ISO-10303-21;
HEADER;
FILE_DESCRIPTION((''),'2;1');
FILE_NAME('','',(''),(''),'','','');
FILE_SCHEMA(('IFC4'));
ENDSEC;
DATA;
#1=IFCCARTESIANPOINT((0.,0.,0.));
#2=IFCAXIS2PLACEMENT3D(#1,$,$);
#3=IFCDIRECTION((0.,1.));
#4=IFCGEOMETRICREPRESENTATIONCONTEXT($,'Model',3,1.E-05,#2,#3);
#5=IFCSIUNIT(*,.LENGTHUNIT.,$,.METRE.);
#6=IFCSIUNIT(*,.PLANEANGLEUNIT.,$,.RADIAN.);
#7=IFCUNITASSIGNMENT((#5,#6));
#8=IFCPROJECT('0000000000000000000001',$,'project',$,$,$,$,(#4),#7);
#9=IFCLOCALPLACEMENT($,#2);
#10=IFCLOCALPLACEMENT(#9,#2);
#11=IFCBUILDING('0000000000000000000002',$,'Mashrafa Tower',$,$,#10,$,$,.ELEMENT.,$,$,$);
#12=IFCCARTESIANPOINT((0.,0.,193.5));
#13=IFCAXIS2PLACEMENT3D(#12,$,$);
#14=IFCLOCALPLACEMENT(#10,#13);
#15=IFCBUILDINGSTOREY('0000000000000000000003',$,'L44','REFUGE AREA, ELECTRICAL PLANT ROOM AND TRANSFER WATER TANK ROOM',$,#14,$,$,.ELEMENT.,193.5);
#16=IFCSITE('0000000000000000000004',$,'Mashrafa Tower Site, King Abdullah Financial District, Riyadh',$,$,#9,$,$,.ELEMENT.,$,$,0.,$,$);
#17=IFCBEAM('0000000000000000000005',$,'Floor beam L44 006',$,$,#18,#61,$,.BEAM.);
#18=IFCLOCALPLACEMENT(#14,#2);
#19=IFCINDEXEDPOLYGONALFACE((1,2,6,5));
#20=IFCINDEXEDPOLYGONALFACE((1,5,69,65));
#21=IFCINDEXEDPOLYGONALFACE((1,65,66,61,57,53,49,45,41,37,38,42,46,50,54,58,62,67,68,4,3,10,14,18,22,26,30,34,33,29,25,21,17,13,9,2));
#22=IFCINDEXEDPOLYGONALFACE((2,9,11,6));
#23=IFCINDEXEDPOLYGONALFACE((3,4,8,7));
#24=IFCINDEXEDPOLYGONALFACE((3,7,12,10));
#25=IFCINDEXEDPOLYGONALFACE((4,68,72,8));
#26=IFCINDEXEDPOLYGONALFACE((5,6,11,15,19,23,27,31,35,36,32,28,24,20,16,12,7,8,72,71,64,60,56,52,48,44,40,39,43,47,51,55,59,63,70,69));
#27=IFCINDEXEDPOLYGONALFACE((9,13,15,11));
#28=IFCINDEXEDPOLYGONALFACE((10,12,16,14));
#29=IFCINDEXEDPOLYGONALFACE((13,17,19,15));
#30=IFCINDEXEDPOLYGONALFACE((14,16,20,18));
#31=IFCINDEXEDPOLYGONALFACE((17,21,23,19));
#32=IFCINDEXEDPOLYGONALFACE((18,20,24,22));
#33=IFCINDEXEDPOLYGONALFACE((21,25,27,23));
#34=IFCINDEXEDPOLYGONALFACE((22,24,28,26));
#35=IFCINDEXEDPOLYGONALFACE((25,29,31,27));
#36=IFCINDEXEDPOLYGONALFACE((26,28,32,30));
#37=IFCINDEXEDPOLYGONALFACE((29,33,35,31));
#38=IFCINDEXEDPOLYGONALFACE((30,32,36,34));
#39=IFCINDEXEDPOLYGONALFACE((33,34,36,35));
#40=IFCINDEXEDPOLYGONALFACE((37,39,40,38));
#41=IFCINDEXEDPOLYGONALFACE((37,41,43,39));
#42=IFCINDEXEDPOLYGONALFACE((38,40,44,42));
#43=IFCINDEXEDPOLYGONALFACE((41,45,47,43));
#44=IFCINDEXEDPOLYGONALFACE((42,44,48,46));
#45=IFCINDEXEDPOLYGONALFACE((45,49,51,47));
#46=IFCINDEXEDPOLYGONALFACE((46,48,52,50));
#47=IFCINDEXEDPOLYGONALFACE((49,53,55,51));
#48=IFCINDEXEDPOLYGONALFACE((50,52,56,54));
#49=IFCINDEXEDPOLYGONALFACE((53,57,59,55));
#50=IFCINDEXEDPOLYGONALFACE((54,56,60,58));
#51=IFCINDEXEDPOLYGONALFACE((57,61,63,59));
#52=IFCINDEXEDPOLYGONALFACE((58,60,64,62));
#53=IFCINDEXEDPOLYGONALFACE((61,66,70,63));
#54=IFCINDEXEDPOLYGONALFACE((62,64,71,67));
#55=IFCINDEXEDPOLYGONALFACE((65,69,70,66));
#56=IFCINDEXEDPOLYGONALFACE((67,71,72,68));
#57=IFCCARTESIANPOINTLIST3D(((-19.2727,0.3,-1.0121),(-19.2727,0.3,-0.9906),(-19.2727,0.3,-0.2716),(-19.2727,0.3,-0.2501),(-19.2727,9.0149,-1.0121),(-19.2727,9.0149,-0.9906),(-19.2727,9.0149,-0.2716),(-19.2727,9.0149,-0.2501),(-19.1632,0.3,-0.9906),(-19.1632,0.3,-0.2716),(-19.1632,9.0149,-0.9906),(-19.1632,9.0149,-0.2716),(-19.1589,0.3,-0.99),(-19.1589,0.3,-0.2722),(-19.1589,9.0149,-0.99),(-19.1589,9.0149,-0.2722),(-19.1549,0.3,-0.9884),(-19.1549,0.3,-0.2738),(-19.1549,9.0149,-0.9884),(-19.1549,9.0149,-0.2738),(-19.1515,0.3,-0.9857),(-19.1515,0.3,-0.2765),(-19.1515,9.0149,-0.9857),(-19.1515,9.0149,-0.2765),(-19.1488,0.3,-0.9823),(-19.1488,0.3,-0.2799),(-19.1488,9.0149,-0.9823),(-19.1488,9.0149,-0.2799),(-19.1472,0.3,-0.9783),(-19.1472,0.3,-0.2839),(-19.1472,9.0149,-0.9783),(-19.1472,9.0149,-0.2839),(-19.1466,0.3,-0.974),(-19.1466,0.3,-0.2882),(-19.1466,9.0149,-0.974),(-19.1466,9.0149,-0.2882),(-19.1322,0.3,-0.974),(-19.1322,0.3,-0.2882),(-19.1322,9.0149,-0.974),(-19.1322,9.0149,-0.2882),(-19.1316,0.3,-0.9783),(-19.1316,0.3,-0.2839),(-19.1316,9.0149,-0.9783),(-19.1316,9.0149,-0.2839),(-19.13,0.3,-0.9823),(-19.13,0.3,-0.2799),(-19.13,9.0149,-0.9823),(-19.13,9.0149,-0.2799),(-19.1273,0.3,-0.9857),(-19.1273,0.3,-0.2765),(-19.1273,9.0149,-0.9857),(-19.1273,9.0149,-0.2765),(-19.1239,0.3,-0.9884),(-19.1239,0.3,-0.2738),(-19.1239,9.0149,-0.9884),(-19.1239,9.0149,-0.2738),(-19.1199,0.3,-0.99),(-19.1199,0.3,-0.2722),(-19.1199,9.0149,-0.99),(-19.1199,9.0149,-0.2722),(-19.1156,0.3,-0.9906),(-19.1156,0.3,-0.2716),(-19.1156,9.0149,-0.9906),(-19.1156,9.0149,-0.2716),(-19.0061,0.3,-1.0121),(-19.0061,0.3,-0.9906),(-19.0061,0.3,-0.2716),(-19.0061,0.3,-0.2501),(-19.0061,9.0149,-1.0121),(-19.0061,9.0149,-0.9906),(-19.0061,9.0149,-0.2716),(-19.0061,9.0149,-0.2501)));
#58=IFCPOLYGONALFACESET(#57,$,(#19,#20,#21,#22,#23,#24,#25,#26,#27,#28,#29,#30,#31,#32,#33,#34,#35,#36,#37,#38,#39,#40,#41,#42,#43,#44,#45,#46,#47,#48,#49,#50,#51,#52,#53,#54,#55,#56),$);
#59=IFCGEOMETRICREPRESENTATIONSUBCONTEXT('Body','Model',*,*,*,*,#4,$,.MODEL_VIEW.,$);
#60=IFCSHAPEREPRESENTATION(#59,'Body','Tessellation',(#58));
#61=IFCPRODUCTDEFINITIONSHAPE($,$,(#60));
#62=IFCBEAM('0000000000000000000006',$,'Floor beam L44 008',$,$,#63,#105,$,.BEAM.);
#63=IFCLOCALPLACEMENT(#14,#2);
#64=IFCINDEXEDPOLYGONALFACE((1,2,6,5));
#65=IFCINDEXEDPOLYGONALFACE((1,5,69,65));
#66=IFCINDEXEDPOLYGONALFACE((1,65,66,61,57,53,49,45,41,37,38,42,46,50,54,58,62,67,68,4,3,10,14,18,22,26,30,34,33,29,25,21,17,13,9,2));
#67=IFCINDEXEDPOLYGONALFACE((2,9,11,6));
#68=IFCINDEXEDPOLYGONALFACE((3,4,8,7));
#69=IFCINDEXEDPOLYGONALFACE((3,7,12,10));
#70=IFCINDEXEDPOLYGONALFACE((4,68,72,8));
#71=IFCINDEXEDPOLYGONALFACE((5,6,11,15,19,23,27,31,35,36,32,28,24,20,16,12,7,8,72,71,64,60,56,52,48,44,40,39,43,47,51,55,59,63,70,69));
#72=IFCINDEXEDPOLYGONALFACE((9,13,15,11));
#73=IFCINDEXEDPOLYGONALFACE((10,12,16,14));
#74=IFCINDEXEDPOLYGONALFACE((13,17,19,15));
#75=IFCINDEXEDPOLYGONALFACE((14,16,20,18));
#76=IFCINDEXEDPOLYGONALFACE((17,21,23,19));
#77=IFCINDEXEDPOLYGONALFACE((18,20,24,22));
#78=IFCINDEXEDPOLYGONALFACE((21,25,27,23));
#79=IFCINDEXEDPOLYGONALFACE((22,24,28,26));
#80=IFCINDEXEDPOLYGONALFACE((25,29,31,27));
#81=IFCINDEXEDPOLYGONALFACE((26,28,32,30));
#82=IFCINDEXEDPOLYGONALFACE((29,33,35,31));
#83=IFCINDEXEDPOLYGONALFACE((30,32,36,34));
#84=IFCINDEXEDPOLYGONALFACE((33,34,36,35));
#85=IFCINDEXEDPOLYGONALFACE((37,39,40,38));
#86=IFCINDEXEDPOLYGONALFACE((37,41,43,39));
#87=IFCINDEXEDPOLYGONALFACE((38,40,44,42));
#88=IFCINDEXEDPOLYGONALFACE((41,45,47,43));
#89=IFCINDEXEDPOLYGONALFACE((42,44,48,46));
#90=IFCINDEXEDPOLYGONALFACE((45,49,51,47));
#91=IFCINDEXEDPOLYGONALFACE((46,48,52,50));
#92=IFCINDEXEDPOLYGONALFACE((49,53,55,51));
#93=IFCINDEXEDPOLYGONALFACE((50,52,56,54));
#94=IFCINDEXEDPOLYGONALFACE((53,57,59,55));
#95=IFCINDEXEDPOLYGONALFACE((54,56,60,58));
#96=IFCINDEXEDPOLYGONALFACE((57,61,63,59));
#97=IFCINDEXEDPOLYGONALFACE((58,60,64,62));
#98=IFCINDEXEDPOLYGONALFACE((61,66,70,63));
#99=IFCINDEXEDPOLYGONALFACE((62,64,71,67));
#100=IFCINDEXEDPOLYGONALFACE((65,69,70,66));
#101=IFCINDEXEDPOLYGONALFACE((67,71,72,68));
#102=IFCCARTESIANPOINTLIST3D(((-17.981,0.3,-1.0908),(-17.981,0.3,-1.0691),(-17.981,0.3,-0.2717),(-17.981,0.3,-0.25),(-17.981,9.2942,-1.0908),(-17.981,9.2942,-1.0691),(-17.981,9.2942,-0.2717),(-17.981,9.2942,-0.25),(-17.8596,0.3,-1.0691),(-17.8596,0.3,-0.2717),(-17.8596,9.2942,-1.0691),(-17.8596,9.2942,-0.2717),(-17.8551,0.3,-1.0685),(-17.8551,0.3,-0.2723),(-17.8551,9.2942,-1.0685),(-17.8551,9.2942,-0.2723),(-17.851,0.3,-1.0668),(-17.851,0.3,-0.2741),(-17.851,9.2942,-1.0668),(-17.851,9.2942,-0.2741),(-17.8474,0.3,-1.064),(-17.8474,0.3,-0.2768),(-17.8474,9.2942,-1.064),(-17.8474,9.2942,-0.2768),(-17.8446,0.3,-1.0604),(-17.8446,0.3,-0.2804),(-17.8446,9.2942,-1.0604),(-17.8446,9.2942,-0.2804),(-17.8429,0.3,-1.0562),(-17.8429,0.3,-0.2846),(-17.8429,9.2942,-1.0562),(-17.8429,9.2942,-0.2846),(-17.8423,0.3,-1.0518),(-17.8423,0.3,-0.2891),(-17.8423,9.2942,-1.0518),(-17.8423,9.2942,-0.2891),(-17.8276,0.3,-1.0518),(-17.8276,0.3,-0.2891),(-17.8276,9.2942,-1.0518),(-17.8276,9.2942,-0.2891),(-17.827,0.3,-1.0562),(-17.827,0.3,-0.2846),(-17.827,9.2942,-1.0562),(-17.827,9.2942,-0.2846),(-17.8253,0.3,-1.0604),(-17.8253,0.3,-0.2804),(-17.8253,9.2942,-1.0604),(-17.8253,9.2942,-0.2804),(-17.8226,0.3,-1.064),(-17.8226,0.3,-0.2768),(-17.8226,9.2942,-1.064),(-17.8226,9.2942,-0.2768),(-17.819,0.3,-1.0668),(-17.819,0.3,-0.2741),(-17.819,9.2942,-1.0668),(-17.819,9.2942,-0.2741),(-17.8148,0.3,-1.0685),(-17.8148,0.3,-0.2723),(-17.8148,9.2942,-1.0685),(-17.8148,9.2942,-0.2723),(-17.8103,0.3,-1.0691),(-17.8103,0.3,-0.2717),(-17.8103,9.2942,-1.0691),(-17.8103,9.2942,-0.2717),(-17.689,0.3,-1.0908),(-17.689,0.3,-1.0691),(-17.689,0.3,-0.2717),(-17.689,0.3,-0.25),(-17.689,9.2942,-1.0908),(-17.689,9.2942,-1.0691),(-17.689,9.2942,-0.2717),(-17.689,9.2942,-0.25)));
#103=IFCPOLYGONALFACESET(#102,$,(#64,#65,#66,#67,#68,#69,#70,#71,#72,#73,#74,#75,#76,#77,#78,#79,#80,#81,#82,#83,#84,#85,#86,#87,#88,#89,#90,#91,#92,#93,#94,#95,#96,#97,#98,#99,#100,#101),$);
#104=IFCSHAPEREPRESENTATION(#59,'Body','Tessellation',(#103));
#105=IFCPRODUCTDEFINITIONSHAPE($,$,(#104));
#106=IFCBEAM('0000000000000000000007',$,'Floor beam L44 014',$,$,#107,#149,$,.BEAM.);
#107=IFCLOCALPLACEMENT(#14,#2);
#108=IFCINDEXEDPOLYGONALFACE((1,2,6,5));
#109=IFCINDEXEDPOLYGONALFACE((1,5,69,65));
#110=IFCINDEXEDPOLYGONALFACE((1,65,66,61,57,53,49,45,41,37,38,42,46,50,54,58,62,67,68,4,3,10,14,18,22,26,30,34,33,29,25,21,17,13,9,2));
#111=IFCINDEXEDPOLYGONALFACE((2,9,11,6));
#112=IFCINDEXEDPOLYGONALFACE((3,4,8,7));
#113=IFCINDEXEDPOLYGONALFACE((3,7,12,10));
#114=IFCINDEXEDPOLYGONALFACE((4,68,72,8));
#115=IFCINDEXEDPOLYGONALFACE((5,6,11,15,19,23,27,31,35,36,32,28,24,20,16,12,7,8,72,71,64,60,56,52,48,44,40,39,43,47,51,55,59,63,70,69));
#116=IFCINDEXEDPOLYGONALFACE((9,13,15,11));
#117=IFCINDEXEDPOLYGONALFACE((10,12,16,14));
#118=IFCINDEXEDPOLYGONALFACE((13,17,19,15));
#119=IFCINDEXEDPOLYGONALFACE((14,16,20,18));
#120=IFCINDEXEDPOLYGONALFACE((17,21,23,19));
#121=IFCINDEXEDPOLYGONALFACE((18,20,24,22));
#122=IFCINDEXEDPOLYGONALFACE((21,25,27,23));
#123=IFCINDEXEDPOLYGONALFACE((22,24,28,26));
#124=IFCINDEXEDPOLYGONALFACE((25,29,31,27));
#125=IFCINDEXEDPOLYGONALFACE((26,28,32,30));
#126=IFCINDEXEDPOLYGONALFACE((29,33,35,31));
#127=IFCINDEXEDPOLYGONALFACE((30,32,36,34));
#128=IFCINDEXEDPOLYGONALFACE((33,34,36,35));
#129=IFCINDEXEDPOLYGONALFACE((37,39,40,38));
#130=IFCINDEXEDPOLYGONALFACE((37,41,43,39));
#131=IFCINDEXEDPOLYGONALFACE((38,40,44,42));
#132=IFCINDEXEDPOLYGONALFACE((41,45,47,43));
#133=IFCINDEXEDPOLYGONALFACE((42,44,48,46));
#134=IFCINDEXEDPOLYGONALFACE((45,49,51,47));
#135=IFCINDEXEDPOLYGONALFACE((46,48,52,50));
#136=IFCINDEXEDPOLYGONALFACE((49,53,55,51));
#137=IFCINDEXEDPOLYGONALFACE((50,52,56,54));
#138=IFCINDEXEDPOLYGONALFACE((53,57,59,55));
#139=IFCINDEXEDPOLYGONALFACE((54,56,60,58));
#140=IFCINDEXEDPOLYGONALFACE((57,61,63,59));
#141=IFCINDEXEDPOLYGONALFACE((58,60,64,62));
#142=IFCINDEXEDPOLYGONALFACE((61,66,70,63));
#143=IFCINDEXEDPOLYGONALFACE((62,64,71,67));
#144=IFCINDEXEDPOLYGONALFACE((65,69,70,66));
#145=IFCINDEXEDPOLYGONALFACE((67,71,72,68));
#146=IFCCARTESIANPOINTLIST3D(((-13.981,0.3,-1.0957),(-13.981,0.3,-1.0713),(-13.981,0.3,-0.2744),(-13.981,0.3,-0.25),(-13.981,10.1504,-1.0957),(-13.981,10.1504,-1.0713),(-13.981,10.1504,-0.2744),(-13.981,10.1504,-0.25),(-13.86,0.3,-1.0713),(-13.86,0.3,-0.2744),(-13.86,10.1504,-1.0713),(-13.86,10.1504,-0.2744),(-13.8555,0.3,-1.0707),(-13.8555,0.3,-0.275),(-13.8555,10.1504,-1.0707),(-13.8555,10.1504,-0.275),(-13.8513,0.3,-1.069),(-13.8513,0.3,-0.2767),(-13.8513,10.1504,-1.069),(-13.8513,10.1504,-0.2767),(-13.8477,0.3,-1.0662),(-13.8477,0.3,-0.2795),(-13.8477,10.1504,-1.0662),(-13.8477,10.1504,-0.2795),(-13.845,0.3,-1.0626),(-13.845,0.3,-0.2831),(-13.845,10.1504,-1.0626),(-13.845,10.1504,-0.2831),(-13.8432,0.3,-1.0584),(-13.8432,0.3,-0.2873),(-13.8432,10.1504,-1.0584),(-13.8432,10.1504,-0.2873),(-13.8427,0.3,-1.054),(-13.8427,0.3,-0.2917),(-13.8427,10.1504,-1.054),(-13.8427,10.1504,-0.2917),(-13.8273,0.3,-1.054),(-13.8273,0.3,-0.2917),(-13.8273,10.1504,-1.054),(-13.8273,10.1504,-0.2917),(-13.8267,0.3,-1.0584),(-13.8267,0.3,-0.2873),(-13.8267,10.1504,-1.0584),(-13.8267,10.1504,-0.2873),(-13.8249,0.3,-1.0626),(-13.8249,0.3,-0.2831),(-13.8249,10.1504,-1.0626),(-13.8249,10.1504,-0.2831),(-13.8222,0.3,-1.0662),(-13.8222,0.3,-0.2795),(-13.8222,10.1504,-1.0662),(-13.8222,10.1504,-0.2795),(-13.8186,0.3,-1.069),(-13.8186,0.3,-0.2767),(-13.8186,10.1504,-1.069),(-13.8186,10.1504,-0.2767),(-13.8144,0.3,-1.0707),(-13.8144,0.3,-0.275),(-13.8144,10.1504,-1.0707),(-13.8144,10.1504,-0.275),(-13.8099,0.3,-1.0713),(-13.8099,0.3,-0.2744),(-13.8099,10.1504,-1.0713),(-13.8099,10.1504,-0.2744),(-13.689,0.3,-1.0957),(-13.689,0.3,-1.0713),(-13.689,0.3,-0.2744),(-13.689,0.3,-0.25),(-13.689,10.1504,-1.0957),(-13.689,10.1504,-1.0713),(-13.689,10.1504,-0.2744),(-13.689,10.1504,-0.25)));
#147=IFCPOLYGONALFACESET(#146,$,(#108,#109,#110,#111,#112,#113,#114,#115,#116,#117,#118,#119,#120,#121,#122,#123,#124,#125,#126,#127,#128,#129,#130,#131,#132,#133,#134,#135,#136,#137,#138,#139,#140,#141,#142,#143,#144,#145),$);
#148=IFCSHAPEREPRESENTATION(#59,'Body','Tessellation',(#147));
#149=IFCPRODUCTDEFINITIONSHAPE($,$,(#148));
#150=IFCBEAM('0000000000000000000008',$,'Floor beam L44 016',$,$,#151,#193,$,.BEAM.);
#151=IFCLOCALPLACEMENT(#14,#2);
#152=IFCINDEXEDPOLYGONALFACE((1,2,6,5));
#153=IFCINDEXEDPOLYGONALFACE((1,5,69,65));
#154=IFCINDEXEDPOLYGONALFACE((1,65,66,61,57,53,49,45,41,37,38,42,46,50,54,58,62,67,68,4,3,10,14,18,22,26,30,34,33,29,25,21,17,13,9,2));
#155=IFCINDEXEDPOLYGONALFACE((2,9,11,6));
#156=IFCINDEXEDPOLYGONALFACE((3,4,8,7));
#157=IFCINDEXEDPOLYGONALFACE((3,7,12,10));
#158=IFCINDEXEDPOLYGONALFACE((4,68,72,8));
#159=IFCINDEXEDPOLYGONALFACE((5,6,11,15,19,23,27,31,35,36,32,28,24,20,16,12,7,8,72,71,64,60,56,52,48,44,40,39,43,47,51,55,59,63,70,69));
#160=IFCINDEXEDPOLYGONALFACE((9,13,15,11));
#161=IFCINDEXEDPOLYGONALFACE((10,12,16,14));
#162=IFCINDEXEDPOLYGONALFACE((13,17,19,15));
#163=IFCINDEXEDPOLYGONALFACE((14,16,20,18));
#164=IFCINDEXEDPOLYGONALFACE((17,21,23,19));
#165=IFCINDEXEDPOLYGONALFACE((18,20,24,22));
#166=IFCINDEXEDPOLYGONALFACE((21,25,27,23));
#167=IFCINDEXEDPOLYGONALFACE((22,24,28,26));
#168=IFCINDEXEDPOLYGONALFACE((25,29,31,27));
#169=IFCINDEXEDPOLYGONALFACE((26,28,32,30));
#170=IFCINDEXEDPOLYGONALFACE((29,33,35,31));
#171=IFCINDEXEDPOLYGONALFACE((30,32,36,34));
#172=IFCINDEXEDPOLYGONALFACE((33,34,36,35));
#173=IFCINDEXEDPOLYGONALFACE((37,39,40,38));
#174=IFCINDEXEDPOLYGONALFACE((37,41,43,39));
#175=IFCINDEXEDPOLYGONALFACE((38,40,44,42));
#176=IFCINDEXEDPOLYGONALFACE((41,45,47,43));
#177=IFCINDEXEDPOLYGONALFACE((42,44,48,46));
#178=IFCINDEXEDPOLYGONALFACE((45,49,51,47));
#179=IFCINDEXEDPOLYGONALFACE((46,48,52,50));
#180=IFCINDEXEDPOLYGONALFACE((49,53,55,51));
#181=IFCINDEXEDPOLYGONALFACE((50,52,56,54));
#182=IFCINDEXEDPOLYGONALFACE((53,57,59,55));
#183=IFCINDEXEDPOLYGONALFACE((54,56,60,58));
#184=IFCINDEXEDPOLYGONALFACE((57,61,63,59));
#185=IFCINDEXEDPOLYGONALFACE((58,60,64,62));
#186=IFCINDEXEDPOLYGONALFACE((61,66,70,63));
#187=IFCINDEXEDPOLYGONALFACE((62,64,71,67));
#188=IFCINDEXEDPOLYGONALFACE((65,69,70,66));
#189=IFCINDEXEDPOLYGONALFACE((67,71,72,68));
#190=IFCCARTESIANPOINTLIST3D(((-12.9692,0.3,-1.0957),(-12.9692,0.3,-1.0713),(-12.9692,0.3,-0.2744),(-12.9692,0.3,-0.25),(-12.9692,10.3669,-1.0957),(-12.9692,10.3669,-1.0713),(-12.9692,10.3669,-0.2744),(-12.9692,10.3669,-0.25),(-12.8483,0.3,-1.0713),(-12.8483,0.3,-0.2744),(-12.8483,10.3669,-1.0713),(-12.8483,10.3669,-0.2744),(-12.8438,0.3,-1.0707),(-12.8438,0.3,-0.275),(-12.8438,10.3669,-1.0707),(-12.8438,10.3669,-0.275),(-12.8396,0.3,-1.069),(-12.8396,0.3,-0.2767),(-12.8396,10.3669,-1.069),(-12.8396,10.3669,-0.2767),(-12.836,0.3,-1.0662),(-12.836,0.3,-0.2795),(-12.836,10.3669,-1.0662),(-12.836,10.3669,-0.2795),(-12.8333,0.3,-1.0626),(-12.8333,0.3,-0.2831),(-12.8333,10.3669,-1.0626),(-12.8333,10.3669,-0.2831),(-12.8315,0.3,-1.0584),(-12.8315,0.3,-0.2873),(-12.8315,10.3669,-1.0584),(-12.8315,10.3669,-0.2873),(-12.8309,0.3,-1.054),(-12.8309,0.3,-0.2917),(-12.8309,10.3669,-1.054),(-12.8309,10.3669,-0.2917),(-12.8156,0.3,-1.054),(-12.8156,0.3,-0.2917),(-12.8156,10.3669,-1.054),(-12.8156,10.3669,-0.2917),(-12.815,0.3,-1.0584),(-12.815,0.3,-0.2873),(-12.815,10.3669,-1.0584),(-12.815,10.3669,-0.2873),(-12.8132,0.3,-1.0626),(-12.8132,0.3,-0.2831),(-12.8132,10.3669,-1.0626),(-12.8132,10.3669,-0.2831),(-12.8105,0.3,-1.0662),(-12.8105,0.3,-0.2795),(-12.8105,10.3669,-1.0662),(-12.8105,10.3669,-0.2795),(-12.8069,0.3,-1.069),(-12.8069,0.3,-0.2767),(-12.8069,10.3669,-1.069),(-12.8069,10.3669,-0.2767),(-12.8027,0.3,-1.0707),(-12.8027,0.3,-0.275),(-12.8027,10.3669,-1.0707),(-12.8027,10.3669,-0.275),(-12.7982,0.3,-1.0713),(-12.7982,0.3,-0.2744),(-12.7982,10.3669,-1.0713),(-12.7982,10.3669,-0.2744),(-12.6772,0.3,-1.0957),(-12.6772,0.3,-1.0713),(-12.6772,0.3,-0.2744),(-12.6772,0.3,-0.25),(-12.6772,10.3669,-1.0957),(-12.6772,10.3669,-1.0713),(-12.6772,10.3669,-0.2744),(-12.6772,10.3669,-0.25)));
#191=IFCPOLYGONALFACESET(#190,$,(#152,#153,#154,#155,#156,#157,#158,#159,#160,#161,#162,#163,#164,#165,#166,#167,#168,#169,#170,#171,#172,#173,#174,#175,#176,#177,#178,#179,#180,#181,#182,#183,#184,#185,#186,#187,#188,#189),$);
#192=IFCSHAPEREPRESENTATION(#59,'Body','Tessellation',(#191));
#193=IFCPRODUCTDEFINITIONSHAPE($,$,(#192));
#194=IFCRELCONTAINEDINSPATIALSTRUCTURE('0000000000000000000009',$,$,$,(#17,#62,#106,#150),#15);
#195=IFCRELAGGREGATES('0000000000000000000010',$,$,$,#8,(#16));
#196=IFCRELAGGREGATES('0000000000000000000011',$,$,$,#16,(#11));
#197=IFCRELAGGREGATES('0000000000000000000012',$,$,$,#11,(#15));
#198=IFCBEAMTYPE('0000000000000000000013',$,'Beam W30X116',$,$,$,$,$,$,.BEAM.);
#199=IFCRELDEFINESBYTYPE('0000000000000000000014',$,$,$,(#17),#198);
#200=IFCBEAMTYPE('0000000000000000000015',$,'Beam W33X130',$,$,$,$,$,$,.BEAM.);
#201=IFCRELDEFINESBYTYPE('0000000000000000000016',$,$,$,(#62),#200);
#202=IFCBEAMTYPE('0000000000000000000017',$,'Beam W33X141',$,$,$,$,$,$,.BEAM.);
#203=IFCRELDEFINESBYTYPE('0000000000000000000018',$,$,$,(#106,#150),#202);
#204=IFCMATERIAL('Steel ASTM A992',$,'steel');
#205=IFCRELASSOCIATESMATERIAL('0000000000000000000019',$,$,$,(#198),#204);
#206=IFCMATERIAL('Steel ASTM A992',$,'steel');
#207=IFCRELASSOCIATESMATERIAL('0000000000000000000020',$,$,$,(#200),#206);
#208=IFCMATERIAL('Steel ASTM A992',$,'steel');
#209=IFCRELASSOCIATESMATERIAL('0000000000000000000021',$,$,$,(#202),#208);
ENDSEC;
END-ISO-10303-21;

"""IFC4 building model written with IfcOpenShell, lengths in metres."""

from ifc_helpers import new_model, si_unit, direction, frame, origin, origin_2d, place, context, subcontext, project, spatial, i_section, extrude, material, material_profile, profile_set, type_object, element, save


model = new_model("IFC4")

# Units and contexts
model_context = context("Model", 3, precision=1e-05, world=origin(), true_north=direction((0.0, 1.0)))
body_context = subcontext(model_context, "Body", "Model", "MODEL_VIEW")
ifc_project = project(units=[si_unit("LENGTHUNIT", "METRE"), si_unit("PLANEANGLEUNIT", "RADIAN")], contexts=[model_context])

# Site, building, storey
site_placement = place(None, origin())
site = spatial("IfcSite", under=ifc_project, at=site_placement, Name="Mashrafa Tower Site, King Abdullah Financial District, Riyadh", CompositionType="ELEMENT", RefElevation=0.0)
building_placement = place(site_placement, origin())
building = spatial("IfcBuilding", under=site, at=building_placement, Name="Mashrafa Tower", CompositionType="ELEMENT")
storey_placement = place(building_placement, frame((0.0, 0.0, 193.5)))
storey = spatial("IfcBuildingStorey", under=building, at=storey_placement, Name="L44", Description="REFUGE AREA, ELECTRICAL PLANT ROOM AND TRANSFER WATER TANK ROOM", CompositionType="ELEMENT", Elevation=193.5)

# Beams
ifc_material_1 = material(Name="Steel ASTM A992", Category="steel")
ifc_material_profile_1 = material_profile(ifc_material_1, i_section(OverallWidth=0.2666, OverallDepth=0.762, WebThickness=0.0144, FlangeThickness=0.0215, FilletRadius=0.0166, at=origin_2d()), Name="W30X116")
ifc_profile_set_1 = profile_set([ifc_material_profile_1], Name="Steel ASTM A992")
beam_type_1 = type_object("IfcBeamType", Name="Beam W30X116", PredefinedType="BEAM", material=ifc_profile_set_1)
beam_1_placement = place(storey_placement, frame((-19.1394, 0.3, -0.6311), z_axis=(0.0, 1.0, 0.0), x_axis=(-1.0, 0.0, 0.0)))
element("IfcBeam", 1, at=beam_1_placement, inside=storey, type_object=beam_type_1, Name="Floor beam L44 006", PredefinedType="BEAM", context=body_context, shape_type="SweptSolid", body=[
    extrude(i_section(OverallWidth=0.2666, OverallDepth=0.762, WebThickness=0.0144, FlangeThickness=0.0215, FilletRadius=0.0166, at=origin_2d()), origin(), (0.0, 0.0, 1.0), 8.7148),
])
ifc_material_2 = material(Name="Steel ASTM A992", Category="steel")
ifc_material_profile_2 = material_profile(ifc_material_2, i_section(OverallWidth=0.292, OverallDepth=0.8408, WebThickness=0.0146, FlangeThickness=0.0217, FilletRadius=0.0173, at=origin_2d()), Name="W33X130")
ifc_profile_set_2 = profile_set([ifc_material_profile_2], Name="Steel ASTM A992")
beam_type_2 = type_object("IfcBeamType", Name="Beam W33X130", PredefinedType="BEAM", material=ifc_profile_set_2)
beam_2_placement = place(storey_placement, frame((-17.835, 0.3, -0.6704), z_axis=(0.0, 1.0, 0.0), x_axis=(-1.0, 0.0, 0.0)))
element("IfcBeam", 2, at=beam_2_placement, inside=storey, type_object=beam_type_2, Name="Floor beam L44 008", PredefinedType="BEAM", context=body_context, shape_type="SweptSolid", body=[
    extrude(i_section(OverallWidth=0.292, OverallDepth=0.8408, WebThickness=0.0146, FlangeThickness=0.0217, FilletRadius=0.0173, at=origin_2d()), origin(), (0.0, 0.0, 1.0), 8.9941),
])
ifc_material_3 = material(Name="Steel ASTM A992", Category="steel")
ifc_material_profile_3 = material_profile(ifc_material_3, i_section(OverallWidth=0.292, OverallDepth=0.8457, WebThickness=0.0154, FlangeThickness=0.0244, FilletRadius=0.0173, at=origin_2d()), Name="W33X141")
ifc_profile_set_3 = profile_set([ifc_material_profile_3], Name="Steel ASTM A992")
beam_type_3 = type_object("IfcBeamType", Name="Beam W33X141", PredefinedType="BEAM", material=ifc_profile_set_3)
beam_3_placement = place(storey_placement, frame((-13.835, 0.3, -0.6729), z_axis=(0.0, 1.0, 0.0), x_axis=(-1.0, 0.0, 0.0)))
element("IfcBeam", 3, at=beam_3_placement, inside=storey, type_object=beam_type_3, Name="Floor beam L44 014", PredefinedType="BEAM", context=body_context, shape_type="SweptSolid", body=[
    extrude(i_section(OverallWidth=0.292, OverallDepth=0.8457, WebThickness=0.0154, FlangeThickness=0.0244, FilletRadius=0.0173, at=origin_2d()), origin(), (0.0, 0.0, 1.0), 9.8503),
])
beam_4_placement = place(storey_placement, frame((-12.8232, 0.3, -0.6729), z_axis=(0.0, 1.0, 0.0), x_axis=(-1.0, 0.0, 0.0)))
element("IfcBeam", 4, at=beam_4_placement, inside=storey, type_object=beam_type_3, Name="Floor beam L44 016", PredefinedType="BEAM", context=body_context, shape_type="SweptSolid", body=[
    extrude(i_section(OverallWidth=0.292, OverallDepth=0.8457, WebThickness=0.0154, FlangeThickness=0.0244, FilletRadius=0.0173, at=origin_2d()), origin(), (0.0, 0.0, 1.0), 10.0669),
])

save(model, "model.ifc")
